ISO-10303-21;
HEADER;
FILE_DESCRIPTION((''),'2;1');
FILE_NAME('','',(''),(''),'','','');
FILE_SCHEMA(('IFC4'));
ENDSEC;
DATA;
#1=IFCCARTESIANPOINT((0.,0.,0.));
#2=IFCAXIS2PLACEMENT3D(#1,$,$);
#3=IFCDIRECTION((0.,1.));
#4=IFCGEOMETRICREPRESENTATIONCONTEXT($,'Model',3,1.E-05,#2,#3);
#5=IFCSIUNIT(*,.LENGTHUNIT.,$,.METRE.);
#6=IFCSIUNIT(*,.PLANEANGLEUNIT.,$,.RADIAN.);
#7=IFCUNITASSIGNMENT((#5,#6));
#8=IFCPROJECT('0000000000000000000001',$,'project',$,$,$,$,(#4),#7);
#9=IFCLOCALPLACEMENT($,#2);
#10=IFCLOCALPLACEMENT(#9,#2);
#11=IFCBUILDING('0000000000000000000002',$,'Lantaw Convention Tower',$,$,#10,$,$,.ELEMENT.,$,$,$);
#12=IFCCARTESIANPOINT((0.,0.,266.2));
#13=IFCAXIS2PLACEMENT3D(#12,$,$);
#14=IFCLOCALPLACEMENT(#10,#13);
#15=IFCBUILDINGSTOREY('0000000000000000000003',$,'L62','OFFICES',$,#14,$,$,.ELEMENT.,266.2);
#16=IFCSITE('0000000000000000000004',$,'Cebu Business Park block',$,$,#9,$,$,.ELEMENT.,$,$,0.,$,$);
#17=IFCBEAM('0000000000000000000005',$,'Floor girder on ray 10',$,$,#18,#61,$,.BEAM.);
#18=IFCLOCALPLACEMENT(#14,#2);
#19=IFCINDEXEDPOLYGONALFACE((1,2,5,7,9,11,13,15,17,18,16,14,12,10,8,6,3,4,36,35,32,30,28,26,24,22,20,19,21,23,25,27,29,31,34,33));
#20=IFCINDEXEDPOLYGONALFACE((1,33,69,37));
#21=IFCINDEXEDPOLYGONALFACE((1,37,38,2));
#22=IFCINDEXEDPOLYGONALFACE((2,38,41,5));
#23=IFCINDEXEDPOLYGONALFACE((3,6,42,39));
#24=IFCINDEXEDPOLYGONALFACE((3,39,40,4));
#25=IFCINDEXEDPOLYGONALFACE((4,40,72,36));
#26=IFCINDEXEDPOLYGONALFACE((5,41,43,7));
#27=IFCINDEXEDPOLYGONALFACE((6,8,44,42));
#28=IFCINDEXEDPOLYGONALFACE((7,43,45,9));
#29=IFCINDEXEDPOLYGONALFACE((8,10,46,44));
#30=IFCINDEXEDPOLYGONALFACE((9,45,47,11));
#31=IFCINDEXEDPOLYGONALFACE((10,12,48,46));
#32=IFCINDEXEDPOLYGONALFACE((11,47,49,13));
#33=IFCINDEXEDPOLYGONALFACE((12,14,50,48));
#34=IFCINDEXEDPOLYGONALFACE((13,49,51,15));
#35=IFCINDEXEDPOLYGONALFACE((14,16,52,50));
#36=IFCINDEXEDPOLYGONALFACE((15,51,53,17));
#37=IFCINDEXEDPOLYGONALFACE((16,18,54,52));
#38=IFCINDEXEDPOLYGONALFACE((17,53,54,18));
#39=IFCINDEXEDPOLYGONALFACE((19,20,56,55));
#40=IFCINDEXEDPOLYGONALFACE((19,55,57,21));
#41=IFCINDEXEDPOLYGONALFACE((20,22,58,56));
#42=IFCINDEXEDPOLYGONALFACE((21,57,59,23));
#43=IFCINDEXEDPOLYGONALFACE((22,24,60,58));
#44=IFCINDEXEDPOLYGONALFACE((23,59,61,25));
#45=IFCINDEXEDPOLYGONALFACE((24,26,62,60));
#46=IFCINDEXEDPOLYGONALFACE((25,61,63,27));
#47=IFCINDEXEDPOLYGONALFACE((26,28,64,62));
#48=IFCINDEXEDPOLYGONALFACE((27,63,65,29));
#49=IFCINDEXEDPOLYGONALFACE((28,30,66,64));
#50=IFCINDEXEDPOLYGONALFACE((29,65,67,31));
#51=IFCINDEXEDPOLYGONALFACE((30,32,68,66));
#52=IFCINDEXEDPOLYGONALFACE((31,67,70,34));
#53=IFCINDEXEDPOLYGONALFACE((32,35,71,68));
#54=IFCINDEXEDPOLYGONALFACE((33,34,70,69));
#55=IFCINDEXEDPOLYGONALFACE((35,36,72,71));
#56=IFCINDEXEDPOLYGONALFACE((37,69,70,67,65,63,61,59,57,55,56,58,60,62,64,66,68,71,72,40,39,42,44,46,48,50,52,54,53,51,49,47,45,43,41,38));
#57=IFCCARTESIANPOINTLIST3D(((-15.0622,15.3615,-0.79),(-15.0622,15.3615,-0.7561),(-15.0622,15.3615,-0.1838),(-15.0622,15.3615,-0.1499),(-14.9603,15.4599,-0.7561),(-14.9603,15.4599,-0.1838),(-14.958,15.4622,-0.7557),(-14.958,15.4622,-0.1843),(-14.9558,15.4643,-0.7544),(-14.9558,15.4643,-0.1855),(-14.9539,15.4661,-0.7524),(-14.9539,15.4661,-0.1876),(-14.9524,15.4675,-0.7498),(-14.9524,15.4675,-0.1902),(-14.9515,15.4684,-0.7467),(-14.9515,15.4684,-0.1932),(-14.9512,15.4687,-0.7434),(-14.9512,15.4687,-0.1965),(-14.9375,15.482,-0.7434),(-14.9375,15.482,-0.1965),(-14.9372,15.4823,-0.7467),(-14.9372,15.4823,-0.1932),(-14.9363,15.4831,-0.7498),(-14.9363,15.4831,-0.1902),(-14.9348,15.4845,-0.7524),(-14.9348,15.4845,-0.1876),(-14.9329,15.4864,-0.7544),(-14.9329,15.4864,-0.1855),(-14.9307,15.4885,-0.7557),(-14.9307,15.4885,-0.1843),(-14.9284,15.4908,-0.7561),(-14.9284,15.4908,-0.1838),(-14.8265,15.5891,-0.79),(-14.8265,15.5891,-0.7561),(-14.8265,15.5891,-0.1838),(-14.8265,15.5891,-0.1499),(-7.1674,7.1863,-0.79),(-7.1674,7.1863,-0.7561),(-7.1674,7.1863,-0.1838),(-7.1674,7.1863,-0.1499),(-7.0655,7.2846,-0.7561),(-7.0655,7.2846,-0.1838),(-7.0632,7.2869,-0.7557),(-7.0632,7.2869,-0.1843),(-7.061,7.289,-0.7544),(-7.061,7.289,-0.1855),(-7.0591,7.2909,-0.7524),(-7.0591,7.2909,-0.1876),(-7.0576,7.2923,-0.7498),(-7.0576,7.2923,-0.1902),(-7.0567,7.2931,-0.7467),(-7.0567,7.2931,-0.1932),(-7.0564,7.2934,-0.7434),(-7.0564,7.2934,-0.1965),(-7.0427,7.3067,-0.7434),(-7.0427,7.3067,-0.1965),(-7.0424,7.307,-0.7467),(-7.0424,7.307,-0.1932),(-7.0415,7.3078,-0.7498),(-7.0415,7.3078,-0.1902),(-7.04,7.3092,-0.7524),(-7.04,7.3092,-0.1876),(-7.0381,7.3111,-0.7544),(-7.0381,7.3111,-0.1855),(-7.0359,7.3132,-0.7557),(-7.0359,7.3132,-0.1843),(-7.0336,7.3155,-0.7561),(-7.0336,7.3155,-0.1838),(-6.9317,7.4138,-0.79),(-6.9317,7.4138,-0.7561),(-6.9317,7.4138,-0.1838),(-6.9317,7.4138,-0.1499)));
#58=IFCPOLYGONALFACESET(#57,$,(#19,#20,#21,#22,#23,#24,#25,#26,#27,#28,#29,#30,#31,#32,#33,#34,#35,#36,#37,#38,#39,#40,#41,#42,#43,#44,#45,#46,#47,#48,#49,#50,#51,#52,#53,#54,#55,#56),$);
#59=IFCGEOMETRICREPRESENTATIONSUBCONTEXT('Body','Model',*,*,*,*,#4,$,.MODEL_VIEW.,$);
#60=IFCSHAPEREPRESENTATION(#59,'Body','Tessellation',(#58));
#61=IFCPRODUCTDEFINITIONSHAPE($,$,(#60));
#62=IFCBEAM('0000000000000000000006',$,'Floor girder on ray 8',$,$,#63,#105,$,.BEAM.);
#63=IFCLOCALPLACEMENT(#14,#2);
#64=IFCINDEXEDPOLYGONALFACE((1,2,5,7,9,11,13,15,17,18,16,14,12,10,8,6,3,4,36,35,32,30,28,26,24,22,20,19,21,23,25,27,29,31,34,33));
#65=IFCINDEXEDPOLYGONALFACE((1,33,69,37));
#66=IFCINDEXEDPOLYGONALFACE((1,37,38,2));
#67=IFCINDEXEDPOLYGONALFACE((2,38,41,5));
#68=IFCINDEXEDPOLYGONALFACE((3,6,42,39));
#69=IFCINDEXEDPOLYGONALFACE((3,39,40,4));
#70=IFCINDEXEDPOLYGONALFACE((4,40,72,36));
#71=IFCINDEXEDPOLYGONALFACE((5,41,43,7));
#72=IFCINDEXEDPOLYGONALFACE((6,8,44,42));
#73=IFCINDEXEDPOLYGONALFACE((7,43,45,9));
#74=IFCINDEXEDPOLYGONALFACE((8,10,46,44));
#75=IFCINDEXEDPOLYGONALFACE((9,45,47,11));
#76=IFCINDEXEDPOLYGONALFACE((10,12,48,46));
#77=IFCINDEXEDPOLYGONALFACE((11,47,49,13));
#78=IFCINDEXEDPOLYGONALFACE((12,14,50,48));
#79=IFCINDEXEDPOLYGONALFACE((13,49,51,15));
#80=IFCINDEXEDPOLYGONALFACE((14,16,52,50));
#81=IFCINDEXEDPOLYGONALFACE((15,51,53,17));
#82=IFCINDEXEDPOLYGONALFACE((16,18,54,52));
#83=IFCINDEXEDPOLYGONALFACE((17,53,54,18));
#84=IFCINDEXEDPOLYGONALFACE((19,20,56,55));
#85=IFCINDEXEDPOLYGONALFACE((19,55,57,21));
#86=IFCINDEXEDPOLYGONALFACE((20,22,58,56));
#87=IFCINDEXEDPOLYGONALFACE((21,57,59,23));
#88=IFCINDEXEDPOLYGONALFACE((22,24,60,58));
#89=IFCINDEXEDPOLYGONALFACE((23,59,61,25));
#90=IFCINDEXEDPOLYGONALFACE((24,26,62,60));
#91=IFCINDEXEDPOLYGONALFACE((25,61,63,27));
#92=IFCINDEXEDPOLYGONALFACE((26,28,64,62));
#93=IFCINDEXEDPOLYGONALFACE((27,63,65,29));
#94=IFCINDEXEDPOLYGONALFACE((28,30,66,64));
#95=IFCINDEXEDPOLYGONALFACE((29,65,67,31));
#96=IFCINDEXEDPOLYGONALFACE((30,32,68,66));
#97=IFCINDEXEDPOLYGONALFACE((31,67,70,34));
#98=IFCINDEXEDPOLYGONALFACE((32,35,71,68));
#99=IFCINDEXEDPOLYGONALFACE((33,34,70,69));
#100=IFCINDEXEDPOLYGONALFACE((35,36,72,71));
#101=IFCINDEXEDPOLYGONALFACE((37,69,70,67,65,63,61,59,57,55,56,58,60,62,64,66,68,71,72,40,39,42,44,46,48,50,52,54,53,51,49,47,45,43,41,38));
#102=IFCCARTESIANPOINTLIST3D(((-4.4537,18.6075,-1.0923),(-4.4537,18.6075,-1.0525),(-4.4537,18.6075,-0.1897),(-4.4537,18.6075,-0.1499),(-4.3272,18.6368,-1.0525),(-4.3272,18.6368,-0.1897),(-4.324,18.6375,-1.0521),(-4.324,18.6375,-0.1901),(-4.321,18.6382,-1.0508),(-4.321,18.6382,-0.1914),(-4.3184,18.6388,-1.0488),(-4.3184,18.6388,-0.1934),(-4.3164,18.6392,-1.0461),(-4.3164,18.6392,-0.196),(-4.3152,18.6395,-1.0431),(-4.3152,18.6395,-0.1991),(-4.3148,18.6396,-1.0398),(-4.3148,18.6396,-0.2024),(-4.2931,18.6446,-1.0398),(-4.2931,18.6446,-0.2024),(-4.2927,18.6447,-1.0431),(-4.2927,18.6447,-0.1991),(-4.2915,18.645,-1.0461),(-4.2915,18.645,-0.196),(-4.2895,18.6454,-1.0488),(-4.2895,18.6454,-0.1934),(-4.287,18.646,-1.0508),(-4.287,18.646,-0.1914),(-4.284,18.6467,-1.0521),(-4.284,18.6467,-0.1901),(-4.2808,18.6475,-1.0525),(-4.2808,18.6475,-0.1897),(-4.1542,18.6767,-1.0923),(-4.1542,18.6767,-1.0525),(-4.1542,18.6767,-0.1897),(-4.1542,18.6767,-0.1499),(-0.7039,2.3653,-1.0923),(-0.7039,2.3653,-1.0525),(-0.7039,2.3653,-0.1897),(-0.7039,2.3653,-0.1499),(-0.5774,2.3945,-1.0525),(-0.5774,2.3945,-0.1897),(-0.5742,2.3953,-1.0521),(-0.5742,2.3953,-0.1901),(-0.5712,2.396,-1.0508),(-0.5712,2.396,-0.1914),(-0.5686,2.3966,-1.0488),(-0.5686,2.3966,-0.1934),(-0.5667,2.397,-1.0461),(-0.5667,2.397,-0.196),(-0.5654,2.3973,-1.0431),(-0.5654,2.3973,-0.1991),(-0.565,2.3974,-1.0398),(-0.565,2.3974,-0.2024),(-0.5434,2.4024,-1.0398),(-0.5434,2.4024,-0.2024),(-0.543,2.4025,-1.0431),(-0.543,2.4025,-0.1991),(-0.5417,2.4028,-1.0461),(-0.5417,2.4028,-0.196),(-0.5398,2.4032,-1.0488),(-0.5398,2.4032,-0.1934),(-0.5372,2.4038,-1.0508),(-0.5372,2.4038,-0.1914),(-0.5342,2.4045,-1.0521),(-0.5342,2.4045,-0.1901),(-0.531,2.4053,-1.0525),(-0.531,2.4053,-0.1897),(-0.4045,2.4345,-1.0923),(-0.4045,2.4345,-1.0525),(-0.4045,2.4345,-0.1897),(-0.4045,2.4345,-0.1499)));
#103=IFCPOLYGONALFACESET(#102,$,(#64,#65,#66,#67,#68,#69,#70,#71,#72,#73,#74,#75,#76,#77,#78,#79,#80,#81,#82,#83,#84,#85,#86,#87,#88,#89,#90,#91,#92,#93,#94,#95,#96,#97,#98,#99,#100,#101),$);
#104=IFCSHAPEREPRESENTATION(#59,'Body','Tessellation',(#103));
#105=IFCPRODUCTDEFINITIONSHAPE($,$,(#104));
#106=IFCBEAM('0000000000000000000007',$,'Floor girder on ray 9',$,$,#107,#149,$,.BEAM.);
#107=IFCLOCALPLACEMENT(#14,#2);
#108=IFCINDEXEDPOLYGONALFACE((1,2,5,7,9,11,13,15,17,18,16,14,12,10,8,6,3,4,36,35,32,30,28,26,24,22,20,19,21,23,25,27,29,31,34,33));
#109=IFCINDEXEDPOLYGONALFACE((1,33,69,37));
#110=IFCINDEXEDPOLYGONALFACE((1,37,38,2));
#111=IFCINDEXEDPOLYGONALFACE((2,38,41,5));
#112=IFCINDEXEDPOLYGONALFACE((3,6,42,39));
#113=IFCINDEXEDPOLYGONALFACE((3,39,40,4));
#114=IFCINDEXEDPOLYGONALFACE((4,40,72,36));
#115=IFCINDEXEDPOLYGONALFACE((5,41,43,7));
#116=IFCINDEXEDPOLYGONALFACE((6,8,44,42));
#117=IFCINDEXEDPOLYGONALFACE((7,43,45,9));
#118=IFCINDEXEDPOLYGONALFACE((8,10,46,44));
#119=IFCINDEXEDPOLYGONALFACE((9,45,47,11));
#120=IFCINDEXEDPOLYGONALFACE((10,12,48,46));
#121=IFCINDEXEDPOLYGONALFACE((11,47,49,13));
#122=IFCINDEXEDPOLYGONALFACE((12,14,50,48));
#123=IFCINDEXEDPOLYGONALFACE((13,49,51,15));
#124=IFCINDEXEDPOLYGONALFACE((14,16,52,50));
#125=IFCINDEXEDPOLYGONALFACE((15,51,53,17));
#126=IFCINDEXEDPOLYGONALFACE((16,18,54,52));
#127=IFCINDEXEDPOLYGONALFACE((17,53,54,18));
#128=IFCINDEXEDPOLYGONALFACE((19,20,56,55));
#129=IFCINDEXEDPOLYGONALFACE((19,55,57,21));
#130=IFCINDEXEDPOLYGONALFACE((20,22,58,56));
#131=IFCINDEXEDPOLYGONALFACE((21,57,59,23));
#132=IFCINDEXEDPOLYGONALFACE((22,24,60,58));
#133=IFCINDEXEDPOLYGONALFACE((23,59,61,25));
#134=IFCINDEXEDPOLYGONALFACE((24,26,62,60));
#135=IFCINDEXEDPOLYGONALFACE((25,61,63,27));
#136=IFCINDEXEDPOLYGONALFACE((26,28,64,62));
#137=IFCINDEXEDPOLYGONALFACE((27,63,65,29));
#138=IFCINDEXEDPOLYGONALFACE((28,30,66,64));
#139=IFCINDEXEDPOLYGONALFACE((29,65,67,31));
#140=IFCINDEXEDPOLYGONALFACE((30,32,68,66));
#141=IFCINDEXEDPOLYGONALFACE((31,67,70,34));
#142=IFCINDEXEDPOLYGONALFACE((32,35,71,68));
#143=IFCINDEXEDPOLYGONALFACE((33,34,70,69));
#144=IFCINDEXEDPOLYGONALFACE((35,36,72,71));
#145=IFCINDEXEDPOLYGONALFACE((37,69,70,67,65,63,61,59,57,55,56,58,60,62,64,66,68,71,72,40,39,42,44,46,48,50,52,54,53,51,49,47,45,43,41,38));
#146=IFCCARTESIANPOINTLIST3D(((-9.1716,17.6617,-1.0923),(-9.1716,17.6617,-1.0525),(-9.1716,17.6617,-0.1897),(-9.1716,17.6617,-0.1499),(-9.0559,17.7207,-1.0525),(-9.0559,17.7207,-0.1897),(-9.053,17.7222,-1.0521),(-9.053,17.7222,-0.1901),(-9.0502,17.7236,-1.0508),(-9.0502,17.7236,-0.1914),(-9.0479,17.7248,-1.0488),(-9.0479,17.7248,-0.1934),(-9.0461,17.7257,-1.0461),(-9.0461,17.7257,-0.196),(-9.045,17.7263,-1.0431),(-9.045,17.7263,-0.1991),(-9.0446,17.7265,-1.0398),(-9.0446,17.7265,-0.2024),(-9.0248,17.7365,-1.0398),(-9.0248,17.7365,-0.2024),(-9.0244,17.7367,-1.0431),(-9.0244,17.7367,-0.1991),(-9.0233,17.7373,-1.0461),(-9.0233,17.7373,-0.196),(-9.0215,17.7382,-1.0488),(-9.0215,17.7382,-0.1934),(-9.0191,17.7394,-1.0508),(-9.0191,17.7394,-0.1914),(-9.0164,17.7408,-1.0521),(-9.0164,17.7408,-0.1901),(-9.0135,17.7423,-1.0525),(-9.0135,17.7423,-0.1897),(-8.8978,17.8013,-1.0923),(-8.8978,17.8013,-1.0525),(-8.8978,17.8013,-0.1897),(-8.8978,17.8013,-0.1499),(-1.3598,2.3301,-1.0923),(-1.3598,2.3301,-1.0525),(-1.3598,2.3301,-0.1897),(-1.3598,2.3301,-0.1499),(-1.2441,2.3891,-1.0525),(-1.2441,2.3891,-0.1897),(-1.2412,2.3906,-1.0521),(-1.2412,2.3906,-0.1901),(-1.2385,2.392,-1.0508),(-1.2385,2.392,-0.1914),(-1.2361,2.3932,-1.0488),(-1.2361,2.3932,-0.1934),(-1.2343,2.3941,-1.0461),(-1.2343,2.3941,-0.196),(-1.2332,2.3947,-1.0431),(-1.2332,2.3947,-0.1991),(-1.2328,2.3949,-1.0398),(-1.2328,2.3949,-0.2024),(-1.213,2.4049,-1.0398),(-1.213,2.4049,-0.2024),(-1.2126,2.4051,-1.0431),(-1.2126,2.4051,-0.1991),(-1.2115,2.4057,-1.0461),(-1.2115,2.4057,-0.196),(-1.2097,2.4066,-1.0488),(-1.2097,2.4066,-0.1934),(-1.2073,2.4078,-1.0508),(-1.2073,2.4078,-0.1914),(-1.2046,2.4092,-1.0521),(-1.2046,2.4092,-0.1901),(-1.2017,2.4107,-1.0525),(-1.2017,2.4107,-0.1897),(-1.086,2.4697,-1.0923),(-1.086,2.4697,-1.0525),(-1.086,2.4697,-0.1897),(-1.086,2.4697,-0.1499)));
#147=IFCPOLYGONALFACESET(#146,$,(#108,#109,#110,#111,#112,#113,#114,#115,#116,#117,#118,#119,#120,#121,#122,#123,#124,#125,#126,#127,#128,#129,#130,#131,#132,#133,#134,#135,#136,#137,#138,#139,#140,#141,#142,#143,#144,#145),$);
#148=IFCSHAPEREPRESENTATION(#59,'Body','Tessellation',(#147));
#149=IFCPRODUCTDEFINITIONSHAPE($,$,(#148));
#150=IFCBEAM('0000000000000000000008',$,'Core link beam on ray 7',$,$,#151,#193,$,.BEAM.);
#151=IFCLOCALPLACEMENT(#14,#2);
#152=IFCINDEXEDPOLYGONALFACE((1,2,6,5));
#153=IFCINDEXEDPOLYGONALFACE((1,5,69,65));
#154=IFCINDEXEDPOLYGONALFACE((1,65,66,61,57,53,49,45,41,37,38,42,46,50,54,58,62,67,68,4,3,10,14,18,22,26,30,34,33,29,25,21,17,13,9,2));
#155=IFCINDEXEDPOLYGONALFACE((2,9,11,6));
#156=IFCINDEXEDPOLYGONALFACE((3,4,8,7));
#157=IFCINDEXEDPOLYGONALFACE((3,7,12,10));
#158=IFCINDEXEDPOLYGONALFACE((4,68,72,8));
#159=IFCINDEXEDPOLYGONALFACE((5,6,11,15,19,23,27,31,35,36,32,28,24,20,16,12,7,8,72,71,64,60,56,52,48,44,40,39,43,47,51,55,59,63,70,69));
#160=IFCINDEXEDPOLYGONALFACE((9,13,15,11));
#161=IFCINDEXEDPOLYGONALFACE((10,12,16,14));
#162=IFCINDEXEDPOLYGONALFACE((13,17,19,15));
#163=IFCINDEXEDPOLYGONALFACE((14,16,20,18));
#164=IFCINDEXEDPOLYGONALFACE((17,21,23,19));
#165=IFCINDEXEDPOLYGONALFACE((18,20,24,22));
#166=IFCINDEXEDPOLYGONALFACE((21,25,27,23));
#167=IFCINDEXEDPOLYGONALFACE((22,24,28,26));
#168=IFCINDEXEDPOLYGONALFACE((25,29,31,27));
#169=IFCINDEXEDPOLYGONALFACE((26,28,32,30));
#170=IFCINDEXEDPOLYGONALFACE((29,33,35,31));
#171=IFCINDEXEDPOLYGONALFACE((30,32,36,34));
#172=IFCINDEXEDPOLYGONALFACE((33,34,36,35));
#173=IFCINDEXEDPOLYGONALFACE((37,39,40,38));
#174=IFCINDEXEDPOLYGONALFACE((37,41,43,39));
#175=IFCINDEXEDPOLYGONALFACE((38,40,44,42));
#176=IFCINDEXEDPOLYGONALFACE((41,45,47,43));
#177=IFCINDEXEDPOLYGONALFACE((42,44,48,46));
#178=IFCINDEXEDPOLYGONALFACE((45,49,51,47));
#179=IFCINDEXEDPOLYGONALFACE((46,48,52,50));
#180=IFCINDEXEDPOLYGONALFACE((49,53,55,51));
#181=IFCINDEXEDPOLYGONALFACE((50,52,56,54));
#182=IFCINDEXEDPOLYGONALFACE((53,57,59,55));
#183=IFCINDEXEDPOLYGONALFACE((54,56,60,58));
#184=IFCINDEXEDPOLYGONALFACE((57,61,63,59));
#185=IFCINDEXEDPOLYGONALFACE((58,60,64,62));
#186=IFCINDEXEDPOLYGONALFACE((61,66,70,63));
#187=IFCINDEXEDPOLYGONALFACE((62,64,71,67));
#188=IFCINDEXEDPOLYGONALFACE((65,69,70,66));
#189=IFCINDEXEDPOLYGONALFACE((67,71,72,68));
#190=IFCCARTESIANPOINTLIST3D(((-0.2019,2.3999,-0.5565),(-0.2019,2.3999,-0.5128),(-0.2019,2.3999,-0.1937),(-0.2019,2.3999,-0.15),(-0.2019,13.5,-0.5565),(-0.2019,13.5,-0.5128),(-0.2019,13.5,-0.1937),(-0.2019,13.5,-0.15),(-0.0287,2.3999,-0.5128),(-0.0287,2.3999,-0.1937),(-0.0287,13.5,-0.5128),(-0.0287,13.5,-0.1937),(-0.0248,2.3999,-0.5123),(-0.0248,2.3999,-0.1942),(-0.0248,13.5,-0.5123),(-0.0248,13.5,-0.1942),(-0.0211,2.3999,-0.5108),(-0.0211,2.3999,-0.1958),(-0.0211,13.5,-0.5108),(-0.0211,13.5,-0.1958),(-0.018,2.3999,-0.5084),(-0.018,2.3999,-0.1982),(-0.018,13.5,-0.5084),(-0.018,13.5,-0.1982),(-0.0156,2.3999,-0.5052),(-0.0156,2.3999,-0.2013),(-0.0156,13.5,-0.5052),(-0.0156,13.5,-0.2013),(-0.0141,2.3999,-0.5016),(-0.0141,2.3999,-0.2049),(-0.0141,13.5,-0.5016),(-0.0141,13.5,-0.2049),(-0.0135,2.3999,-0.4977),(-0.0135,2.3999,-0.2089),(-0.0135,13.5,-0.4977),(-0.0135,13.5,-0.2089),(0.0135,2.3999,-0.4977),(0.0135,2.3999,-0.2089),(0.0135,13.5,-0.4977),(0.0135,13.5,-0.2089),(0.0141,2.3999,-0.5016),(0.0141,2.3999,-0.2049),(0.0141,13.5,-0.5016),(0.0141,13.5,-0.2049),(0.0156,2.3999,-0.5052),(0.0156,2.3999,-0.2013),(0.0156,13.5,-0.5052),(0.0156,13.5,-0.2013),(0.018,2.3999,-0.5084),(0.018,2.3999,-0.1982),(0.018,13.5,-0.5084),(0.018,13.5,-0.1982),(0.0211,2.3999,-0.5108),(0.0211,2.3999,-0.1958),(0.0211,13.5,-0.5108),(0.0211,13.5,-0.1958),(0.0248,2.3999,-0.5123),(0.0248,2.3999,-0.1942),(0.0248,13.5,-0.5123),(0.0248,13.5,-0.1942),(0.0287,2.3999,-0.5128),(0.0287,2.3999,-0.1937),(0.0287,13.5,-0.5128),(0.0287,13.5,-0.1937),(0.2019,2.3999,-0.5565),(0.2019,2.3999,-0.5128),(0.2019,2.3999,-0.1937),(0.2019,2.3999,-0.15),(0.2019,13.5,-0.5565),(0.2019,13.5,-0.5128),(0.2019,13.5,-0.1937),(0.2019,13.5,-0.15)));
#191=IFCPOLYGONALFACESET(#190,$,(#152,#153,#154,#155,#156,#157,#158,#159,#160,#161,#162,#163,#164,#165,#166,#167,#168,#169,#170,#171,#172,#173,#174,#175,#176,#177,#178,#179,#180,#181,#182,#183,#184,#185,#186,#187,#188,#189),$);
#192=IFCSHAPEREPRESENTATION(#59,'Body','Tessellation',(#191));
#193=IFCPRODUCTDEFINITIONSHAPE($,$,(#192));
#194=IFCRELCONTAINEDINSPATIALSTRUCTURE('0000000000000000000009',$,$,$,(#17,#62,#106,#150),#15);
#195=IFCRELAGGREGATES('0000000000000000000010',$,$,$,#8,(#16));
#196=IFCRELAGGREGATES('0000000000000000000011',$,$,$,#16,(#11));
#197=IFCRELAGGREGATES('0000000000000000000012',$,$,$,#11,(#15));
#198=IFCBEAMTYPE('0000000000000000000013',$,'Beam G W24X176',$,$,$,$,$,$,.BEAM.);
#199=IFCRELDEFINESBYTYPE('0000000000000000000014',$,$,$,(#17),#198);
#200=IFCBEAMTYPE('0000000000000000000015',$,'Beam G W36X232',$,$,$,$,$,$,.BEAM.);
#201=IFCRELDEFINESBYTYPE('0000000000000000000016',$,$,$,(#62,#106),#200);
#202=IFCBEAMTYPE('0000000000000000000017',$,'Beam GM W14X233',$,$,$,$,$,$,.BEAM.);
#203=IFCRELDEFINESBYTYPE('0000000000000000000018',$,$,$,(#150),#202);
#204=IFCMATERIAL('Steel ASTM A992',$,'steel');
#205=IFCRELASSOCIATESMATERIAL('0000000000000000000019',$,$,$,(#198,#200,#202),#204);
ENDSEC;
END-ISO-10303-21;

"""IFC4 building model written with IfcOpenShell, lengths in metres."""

from ifc_helpers import new_model, si_unit, direction, frame, origin, origin_2d, place, context, subcontext, project, spatial, i_section, extrude, material, material_profile, profile_set, type_object, element, save


model = new_model("IFC4")

# Units and contexts
model_context = context("Model", 3, precision=1e-05, world=origin(), true_north=direction((0.0, 1.0)))
body_context = subcontext(model_context, "Body", "Model", "MODEL_VIEW")
ifc_project = project(units=[si_unit("LENGTHUNIT", "METRE"), si_unit("PLANEANGLEUNIT", "RADIAN")], contexts=[model_context])

# Site, building, storey
site_placement = place(None, origin())
site = spatial("IfcSite", under=ifc_project, at=site_placement, Name="Cebu Business Park block", CompositionType="ELEMENT", RefElevation=0.0)
building_placement = place(site_placement, origin())
building = spatial("IfcBuilding", under=site, at=building_placement, Name="Lantaw Convention Tower", CompositionType="ELEMENT")
storey_placement = place(building_placement, frame((0.0, 0.0, 266.2)))
storey = spatial("IfcBuildingStorey", under=building, at=storey_placement, Name="L62", Description="OFFICES", CompositionType="ELEMENT", Elevation=266.2)

# Beams
ifc_material_1 = material(Name="Steel ASTM A992", Category="steel")
ifc_material_profile_1 = material_profile(ifc_material_1, i_section(OverallWidth=0.3276, OverallDepth=0.6401, WebThickness=0.019, FlangeThickness=0.0339, FilletRadius=0.0127, at=origin_2d()), Name="W24X176")
ifc_profile_set_1 = profile_set([ifc_material_profile_1], Name="Steel ASTM A992")
beam_type_1 = type_object("IfcBeamType", Name="Beam G W24X176", PredefinedType="BEAM", material=ifc_profile_set_1)
beam_1_placement = place(storey_placement, frame((-7.0496, 7.3, -0.47), z_axis=(-0.694658, 0.71934, 0.0), x_axis=(-0.71934, -0.694658, 0.0)))
element("IfcBeam", 1, at=beam_1_placement, inside=storey, type_object=beam_type_1, Name="Floor girder on ray 10", PredefinedType="BEAM", context=body_context, shape_type="SweptSolid", body=[
    extrude(i_section(OverallWidth=0.3276, OverallDepth=0.6401, WebThickness=0.019, FlangeThickness=0.0339, FilletRadius=0.0127, at=origin_2d()), origin(), (0.0, 0.0, 1.0), 11.365),
])
ifc_material_profile_2 = material_profile(ifc_material_1, i_section(OverallWidth=0.3074, OverallDepth=0.9424, WebThickness=0.0222, FlangeThickness=0.0398, FilletRadius=0.0127, at=origin_2d()), Name="W36X232")
ifc_profile_set_2 = profile_set([ifc_material_profile_2], Name="Steel ASTM A992")
beam_type_2 = type_object("IfcBeamType", Name="Beam G W36X232", PredefinedType="BEAM", material=ifc_profile_set_2)
beam_2_placement = place(storey_placement, frame((-0.5542, 2.3999, -0.6211), z_axis=(-0.224948, 0.974371, 0.0), x_axis=(-0.974371, -0.224948, 0.0)))
element("IfcBeam", 2, at=beam_2_placement, inside=storey, type_object=beam_type_2, Name="Floor girder on ray 8", PredefinedType="BEAM", context=body_context, shape_type="SweptSolid", body=[
    extrude(i_section(OverallWidth=0.3074, OverallDepth=0.9424, WebThickness=0.0222, FlangeThickness=0.0398, FilletRadius=0.0127, at=origin_2d()), origin(), (0.0, 0.0, 1.0), 16.6694),
])
beam_3_placement = place(storey_placement, frame((-1.2229, 2.3999, -0.6211), z_axis=(-0.453988, 0.891008, 0.0), x_axis=(-0.891008, -0.453988, 0.0)))
element("IfcBeam", 3, at=beam_3_placement, inside=storey, type_object=beam_type_2, Name="Floor girder on ray 9", PredefinedType="BEAM", context=body_context, shape_type="SweptSolid", body=[
    extrude(i_section(OverallWidth=0.3074, OverallDepth=0.9424, WebThickness=0.0222, FlangeThickness=0.0398, FilletRadius=0.0127, at=origin_2d()), origin(), (0.0, 0.0, 1.0), 17.207),
])
ifc_material_profile_3 = material_profile(ifc_material_1, i_section(OverallWidth=0.4038, OverallDepth=0.4065, WebThickness=0.0271, FlangeThickness=0.0437, FilletRadius=0.0151, at=origin_2d()), Name="W14X233")
ifc_profile_set_3 = profile_set([ifc_material_profile_3], Name="Steel ASTM A992")
beam_type_3 = type_object("IfcBeamType", Name="Beam GM W14X233", PredefinedType="BEAM", material=ifc_profile_set_3)
beam_4_placement = place(storey_placement, frame((0.0, 2.3999, -0.3533), z_axis=(0.0, 1.0, 0.0), x_axis=(-1.0, 0.0, 0.0)))
element("IfcBeam", 4, at=beam_4_placement, inside=storey, type_object=beam_type_3, Name="Core link beam on ray 7", PredefinedType="BEAM", context=body_context, shape_type="SweptSolid", body=[
    extrude(i_section(OverallWidth=0.4038, OverallDepth=0.4065, WebThickness=0.0271, FlangeThickness=0.0437, FilletRadius=0.0151, at=origin_2d()), origin(), (0.0, 0.0, 1.0), 11.1001),
])

save(model, "model.ifc")
